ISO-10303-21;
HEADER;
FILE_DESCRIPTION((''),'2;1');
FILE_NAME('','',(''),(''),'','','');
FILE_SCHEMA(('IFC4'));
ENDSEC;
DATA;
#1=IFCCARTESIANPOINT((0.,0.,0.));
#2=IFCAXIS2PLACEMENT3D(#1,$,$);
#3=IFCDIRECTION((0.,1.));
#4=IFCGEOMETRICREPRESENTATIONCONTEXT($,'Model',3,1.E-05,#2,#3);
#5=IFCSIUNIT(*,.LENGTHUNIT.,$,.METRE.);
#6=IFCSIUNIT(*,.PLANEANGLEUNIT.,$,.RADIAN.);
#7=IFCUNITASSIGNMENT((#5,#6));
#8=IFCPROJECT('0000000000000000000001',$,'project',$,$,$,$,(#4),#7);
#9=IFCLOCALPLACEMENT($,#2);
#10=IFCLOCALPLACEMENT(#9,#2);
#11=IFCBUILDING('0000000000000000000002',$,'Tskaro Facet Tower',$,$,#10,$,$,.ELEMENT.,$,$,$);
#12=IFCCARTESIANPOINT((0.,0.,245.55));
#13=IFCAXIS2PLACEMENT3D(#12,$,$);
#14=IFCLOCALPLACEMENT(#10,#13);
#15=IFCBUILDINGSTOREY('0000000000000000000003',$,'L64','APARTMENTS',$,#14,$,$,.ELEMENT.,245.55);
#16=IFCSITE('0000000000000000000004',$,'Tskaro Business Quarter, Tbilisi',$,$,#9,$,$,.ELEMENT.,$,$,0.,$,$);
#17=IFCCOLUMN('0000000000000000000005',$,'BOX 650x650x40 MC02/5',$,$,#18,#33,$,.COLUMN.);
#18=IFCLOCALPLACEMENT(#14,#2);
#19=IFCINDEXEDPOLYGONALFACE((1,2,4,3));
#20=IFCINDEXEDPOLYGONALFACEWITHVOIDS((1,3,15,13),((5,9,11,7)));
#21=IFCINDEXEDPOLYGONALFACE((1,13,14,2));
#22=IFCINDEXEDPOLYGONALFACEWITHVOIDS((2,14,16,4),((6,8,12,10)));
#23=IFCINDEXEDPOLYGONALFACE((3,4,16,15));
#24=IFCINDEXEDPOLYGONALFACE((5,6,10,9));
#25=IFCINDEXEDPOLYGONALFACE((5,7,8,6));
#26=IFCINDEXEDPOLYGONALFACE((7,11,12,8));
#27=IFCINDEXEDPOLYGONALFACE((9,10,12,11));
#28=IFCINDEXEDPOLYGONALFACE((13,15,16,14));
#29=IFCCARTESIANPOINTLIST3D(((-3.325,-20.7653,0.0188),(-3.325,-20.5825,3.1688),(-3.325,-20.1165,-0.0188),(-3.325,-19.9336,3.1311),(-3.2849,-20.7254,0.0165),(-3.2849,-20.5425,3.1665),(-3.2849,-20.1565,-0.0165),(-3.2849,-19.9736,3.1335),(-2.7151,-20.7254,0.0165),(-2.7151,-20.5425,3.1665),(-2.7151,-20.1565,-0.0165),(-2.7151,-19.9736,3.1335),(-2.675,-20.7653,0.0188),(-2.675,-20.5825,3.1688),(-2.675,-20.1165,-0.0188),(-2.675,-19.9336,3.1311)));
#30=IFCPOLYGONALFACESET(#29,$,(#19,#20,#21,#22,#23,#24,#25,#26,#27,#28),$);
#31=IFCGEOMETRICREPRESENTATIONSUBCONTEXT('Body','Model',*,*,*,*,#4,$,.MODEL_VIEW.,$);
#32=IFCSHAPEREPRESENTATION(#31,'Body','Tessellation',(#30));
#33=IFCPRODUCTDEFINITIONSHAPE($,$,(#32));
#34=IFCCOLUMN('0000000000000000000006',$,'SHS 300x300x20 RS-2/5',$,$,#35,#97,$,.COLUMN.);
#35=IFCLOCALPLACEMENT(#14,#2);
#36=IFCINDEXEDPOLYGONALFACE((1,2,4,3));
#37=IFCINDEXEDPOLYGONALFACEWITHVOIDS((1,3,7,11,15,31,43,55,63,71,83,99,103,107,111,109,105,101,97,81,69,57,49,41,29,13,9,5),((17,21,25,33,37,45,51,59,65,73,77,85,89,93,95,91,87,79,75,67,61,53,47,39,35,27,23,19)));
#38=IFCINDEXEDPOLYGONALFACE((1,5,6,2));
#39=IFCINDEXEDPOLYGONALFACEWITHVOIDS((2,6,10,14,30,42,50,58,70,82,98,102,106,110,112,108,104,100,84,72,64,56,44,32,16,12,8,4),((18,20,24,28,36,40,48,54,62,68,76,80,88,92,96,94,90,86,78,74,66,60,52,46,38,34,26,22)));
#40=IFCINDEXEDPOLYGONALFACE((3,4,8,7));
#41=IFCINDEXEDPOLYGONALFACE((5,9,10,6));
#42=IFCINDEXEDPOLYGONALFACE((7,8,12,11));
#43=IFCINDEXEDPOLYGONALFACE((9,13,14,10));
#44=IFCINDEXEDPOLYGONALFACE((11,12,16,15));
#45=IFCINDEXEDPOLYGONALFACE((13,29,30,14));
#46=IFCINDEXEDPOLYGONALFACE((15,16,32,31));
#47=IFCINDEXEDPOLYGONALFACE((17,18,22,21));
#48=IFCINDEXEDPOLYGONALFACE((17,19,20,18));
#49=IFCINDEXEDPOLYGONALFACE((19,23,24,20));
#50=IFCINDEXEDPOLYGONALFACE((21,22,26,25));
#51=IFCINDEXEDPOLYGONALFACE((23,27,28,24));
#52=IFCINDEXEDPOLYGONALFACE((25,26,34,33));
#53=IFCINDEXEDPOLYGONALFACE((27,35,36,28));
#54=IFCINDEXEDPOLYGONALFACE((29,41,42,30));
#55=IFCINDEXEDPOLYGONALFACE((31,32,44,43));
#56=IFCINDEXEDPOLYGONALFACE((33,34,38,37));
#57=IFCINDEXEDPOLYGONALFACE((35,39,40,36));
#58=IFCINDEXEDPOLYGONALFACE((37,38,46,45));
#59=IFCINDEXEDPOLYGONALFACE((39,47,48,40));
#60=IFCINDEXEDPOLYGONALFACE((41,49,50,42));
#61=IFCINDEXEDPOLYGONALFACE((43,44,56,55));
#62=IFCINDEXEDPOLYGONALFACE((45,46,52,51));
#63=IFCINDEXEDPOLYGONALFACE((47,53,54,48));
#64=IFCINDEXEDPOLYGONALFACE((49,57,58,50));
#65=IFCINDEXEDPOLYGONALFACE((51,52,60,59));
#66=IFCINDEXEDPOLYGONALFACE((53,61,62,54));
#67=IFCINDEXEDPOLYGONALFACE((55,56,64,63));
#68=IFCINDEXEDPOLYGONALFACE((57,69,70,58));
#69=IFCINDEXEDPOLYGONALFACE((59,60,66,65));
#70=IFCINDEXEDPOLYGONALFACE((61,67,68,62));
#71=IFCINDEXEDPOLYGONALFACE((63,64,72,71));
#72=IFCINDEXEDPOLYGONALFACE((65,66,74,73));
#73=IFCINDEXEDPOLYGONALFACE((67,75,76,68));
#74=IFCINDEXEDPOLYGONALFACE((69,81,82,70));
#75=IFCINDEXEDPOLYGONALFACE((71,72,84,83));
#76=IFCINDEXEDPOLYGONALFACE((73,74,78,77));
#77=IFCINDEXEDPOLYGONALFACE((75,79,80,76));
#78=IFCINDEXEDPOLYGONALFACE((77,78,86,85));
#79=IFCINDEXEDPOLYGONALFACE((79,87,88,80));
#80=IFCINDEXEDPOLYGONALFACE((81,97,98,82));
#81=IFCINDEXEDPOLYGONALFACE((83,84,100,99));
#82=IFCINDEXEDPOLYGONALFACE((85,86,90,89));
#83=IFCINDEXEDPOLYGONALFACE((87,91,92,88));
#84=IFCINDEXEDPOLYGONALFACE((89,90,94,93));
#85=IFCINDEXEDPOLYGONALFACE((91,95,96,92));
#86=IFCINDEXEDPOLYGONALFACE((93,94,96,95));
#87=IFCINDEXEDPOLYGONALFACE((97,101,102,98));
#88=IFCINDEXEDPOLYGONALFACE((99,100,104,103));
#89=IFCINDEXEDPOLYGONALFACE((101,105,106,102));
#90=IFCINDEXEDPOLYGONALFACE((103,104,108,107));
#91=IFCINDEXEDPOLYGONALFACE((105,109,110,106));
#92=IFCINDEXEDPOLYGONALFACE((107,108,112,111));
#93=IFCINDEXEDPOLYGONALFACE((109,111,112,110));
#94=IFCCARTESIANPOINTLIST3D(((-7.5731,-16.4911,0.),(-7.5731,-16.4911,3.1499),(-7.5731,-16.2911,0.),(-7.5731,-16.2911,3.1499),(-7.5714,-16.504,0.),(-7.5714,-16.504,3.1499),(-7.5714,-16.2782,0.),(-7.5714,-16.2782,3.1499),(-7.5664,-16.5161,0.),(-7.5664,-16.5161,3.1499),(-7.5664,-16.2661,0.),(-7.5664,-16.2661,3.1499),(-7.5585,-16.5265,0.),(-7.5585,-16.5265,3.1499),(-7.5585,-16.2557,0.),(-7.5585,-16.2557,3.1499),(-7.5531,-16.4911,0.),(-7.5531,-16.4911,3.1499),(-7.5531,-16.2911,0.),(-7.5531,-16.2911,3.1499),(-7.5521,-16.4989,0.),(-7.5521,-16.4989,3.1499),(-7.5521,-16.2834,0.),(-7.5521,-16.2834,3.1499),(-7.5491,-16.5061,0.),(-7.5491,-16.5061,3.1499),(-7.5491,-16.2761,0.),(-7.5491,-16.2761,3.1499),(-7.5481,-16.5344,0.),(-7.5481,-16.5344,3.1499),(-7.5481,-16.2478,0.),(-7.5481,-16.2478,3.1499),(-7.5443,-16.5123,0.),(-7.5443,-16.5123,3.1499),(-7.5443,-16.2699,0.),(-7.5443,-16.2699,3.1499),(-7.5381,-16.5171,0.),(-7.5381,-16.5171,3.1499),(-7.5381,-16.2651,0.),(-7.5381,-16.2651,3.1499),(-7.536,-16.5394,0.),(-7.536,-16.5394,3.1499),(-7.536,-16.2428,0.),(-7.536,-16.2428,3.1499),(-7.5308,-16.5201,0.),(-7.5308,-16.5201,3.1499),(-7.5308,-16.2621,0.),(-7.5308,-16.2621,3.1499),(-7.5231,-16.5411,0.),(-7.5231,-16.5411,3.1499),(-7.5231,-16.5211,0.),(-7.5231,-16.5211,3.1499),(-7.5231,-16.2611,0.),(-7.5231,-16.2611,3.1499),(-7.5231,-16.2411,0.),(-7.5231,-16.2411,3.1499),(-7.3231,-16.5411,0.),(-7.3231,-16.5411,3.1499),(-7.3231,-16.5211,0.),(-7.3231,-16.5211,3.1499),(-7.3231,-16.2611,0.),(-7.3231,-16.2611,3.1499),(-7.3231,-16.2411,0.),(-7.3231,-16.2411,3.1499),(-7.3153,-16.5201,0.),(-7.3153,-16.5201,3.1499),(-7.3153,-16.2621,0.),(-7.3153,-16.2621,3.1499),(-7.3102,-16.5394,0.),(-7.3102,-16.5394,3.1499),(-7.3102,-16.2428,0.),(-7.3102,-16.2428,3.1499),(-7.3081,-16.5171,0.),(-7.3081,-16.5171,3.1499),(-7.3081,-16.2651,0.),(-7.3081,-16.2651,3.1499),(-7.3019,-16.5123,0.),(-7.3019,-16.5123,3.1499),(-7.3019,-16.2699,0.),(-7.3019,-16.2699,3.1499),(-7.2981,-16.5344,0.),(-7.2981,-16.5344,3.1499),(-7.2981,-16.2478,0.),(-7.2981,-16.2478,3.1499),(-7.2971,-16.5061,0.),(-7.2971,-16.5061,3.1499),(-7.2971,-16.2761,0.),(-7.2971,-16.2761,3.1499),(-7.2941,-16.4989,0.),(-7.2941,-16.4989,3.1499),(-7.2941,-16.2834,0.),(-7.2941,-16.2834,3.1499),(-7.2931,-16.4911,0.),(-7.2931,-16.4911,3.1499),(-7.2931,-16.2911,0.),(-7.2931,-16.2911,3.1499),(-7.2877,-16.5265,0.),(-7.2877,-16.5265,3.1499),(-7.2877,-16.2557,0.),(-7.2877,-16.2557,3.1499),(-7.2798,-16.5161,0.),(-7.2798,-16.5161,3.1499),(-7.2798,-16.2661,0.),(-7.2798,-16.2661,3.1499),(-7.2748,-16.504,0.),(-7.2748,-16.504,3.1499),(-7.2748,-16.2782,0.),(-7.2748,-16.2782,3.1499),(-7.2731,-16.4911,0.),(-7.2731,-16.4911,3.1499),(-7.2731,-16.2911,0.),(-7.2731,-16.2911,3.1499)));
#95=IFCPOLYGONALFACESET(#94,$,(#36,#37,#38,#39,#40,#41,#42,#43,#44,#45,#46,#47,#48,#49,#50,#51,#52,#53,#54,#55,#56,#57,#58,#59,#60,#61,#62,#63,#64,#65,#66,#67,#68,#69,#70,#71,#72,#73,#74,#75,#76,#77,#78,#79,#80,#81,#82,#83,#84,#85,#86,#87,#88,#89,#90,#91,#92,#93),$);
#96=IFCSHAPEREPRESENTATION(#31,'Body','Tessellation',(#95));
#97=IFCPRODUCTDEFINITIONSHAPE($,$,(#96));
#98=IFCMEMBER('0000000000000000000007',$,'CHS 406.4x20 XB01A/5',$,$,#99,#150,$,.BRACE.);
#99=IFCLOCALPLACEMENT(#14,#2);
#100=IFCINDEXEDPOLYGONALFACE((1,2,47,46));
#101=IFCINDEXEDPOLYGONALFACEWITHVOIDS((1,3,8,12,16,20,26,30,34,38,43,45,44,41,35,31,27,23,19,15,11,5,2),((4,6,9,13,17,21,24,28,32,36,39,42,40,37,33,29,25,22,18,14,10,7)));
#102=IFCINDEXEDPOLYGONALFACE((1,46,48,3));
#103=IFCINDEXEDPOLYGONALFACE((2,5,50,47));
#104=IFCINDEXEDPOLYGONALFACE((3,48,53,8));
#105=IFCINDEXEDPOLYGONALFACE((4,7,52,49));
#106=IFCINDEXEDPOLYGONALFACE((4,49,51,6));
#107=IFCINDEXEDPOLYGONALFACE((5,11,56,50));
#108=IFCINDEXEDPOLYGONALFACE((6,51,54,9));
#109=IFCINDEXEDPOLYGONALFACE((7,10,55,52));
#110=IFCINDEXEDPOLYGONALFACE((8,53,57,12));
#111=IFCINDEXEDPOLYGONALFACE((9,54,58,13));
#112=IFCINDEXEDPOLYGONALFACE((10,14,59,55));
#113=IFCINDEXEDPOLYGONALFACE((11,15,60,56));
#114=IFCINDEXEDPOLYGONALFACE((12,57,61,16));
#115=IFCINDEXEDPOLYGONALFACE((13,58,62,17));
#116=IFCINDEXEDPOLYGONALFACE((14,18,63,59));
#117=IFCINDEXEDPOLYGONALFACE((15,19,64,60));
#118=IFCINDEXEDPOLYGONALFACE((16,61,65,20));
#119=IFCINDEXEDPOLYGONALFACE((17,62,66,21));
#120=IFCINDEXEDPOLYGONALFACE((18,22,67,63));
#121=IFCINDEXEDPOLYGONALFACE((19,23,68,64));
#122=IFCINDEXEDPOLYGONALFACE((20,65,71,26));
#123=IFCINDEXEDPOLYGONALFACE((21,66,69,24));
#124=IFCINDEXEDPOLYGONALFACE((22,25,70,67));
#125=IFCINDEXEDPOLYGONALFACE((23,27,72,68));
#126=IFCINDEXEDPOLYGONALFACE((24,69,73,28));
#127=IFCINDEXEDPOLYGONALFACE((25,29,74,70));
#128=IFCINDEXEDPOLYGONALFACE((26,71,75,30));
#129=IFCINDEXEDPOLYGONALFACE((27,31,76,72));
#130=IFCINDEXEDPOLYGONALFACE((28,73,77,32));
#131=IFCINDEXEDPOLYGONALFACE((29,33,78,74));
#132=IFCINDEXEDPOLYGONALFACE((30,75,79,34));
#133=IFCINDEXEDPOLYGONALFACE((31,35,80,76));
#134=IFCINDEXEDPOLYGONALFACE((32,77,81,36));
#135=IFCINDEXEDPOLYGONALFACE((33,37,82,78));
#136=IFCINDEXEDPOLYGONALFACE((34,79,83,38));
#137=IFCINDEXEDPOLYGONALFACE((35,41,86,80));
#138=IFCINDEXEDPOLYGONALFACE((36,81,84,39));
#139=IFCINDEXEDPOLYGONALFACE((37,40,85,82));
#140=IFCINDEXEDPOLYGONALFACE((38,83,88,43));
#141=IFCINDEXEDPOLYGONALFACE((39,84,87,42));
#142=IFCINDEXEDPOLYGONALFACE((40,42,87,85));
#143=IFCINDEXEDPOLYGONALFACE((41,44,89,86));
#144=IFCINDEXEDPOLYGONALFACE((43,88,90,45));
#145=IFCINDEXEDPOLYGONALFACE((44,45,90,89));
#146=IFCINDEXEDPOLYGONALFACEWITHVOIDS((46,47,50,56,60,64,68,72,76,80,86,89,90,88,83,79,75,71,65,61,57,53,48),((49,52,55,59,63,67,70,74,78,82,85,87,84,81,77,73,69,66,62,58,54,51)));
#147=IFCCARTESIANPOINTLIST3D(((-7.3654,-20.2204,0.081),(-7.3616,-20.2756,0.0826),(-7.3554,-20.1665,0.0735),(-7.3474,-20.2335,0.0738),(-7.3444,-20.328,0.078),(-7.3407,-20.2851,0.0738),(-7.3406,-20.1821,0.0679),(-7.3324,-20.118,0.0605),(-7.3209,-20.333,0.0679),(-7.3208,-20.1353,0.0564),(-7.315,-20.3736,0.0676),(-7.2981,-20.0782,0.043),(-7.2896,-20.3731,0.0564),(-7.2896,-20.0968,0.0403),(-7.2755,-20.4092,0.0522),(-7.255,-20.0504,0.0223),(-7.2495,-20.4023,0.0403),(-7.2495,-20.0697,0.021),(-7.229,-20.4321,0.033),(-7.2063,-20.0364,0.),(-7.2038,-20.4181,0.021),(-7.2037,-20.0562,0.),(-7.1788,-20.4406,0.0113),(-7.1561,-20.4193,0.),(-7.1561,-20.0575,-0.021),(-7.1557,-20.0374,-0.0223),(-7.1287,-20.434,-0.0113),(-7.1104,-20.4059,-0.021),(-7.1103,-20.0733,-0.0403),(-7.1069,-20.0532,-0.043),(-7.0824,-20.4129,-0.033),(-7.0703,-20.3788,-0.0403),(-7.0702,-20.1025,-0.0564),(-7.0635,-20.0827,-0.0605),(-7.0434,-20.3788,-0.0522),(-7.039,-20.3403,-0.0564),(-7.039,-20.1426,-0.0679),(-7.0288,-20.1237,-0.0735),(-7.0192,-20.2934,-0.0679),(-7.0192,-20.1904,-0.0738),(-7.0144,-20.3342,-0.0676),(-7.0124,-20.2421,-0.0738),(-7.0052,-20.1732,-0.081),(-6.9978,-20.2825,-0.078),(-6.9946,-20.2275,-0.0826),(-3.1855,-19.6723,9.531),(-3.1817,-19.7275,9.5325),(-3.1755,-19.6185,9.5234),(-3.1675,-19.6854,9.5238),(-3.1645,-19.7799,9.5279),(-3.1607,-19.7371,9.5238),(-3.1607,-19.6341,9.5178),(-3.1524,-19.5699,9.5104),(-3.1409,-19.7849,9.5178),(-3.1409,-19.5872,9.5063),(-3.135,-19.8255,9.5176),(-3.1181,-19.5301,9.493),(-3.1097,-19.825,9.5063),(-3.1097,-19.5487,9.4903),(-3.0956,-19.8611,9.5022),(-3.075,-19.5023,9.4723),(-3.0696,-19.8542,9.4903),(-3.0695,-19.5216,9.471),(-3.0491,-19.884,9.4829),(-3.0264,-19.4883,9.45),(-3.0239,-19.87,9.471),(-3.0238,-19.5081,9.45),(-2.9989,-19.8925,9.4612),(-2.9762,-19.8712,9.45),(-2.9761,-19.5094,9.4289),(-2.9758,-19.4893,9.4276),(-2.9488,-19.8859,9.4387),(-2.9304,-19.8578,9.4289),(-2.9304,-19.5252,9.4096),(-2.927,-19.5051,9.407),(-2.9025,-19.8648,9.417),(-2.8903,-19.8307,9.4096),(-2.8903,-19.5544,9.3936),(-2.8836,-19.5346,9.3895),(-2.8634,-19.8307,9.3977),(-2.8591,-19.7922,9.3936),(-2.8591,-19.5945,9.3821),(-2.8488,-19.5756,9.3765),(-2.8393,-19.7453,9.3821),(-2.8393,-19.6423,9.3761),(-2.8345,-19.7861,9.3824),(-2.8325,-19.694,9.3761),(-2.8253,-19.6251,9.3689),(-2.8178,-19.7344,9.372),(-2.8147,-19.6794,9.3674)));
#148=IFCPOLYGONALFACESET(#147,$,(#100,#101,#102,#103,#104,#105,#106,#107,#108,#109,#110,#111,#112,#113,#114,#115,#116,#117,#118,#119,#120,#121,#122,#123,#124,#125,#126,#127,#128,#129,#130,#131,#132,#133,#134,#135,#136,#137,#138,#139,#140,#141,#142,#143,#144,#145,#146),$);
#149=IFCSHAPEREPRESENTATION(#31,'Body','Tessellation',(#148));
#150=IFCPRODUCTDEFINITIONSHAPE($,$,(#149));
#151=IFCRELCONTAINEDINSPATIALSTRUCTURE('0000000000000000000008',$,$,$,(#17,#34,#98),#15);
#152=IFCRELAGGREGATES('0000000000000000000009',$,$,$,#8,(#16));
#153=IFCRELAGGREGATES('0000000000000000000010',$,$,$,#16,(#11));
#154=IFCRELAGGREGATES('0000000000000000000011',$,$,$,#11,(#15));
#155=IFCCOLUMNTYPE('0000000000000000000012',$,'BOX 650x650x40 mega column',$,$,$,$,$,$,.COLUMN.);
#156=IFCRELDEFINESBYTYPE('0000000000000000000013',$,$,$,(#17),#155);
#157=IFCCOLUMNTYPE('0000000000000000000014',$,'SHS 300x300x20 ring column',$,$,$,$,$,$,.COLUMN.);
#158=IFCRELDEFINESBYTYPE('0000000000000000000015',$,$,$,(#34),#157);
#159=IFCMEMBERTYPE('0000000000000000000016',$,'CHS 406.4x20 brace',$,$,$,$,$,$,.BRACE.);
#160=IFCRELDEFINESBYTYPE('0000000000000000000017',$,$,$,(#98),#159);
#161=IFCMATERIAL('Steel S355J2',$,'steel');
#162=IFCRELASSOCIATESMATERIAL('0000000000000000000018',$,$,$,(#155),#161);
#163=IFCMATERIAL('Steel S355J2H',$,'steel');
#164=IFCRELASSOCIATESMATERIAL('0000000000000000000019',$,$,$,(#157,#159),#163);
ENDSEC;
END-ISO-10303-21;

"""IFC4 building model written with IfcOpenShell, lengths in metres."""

from ifc_helpers import new_model, si_unit, direction, frame, origin, origin_2d, place, context, subcontext, project, spatial, hollow_rectangle, hollow_circle, extrude, material, material_profile, profile_set, type_object, element, save


model = new_model("IFC4")

# Units and contexts
model_context = context("Model", 3, precision=1e-05, world=origin(), true_north=direction((0.0, 1.0)))
body_context = subcontext(model_context, "Body", "Model", "MODEL_VIEW")
ifc_project = project(units=[si_unit("LENGTHUNIT", "METRE"), si_unit("PLANEANGLEUNIT", "RADIAN")], contexts=[model_context])

# Site, building, storey
site_placement = place(None, origin())
site = spatial("IfcSite", under=ifc_project, at=site_placement, Name="Tskaro Business Quarter, Tbilisi", CompositionType="ELEMENT", RefElevation=0.0)
building_placement = place(site_placement, origin())
building = spatial("IfcBuilding", under=site, at=building_placement, Name="Tskaro Facet Tower", CompositionType="ELEMENT")
storey_placement = place(building_placement, frame((0.0, 0.0, 245.55)))
storey = spatial("IfcBuildingStorey", under=building, at=storey_placement, Name="L64", Description="APARTMENTS", CompositionType="ELEMENT", Elevation=245.55)

# Columns
ifc_material_1 = material(Name="Steel S355J2", Category="steel")
ifc_material_profile_1 = material_profile(ifc_material_1, hollow_rectangle(XDim=0.6499, YDim=0.6499, WallThickness=0.04, at=origin_2d()), Name="BOX 650x650x40")
ifc_profile_set_1 = profile_set([ifc_material_profile_1], Name="Steel S355J2")
column_type_1 = type_object("IfcColumnType", Name="BOX 650x650x40 mega column", PredefinedType="COLUMN", material=ifc_profile_set_1)
column_1_placement = place(storey_placement, frame((-3.0, -20.4409, 0.0), z_axis=(0.0, 0.057955, 0.998319), x_axis=(-1.0, 0.0, 0.0)))
element("IfcColumn", 1, at=column_1_placement, inside=storey, type_object=column_type_1, Name="BOX 650x650x40 MC02/5", PredefinedType="COLUMN", context=body_context, shape_type="SweptSolid", body=[
    extrude(hollow_rectangle(XDim=0.6499, YDim=0.6499, WallThickness=0.04, at=origin_2d()), origin(), (0.0, 0.0, 1.0), 3.1553),
])
ifc_material_2 = material(Name="Steel S355J2H", Category="steel")
ifc_material_profile_2 = material_profile(ifc_material_2, hollow_rectangle(XDim=0.3, YDim=0.3, WallThickness=0.02, InnerFilletRadius=0.03, OuterFilletRadius=0.05, at=origin_2d()), Name="SHS 300x300x20")
ifc_profile_set_2 = profile_set([ifc_material_profile_2], Name="Steel S355J2H")
column_type_2 = type_object("IfcColumnType", Name="SHS 300x300x20 ring column", PredefinedType="COLUMN", material=ifc_profile_set_2)
column_2_placement = place(storey_placement, frame((-7.4231, -16.3911, 0.0), z_axis=(0.0, 0.0, 1.0), x_axis=(1.0, 0.0, 0.0)))
element("IfcColumn", 2, at=column_2_placement, inside=storey, type_object=column_type_2, Name="SHS 300x300x20 RS-2/5", PredefinedType="COLUMN", context=body_context, shape_type="SweptSolid", body=[
    extrude(hollow_rectangle(XDim=0.3, YDim=0.3, WallThickness=0.02, InnerFilletRadius=0.03, OuterFilletRadius=0.05, at=origin_2d()), origin(), (0.0, 0.0, 1.0), 3.1499),
])

# Member
ifc_material_profile_3 = material_profile(ifc_material_2, hollow_circle(Radius=0.2031, WallThickness=0.02, at=origin_2d()), Name="CHS 406.4x20")
ifc_profile_set_3 = profile_set([ifc_material_profile_3], Name="Steel S355J2H")
member_type_1 = type_object("IfcMemberType", Name="CHS 406.4x20 brace", PredefinedType="BRACE", material=ifc_profile_set_3)
member_1_placement = place(storey_placement, frame((-7.1799, -20.2378, 0.0), z_axis=(0.40395, 0.052968, 0.913246), x_axis=(-0.130013, 0.991512, 0.0)))
element("IfcMember", 3, at=member_1_placement, inside=storey, type_object=member_type_1, Name="CHS 406.4x20 XB01A/5", PredefinedType="BRACE", context=body_context, shape_type="SweptSolid", body=[
    extrude(hollow_circle(Radius=0.2031, WallThickness=0.02, at=origin_2d()), origin(), (0.0, 0.0, 1.0), 10.3477),
])

save(model, "model.ifc")
